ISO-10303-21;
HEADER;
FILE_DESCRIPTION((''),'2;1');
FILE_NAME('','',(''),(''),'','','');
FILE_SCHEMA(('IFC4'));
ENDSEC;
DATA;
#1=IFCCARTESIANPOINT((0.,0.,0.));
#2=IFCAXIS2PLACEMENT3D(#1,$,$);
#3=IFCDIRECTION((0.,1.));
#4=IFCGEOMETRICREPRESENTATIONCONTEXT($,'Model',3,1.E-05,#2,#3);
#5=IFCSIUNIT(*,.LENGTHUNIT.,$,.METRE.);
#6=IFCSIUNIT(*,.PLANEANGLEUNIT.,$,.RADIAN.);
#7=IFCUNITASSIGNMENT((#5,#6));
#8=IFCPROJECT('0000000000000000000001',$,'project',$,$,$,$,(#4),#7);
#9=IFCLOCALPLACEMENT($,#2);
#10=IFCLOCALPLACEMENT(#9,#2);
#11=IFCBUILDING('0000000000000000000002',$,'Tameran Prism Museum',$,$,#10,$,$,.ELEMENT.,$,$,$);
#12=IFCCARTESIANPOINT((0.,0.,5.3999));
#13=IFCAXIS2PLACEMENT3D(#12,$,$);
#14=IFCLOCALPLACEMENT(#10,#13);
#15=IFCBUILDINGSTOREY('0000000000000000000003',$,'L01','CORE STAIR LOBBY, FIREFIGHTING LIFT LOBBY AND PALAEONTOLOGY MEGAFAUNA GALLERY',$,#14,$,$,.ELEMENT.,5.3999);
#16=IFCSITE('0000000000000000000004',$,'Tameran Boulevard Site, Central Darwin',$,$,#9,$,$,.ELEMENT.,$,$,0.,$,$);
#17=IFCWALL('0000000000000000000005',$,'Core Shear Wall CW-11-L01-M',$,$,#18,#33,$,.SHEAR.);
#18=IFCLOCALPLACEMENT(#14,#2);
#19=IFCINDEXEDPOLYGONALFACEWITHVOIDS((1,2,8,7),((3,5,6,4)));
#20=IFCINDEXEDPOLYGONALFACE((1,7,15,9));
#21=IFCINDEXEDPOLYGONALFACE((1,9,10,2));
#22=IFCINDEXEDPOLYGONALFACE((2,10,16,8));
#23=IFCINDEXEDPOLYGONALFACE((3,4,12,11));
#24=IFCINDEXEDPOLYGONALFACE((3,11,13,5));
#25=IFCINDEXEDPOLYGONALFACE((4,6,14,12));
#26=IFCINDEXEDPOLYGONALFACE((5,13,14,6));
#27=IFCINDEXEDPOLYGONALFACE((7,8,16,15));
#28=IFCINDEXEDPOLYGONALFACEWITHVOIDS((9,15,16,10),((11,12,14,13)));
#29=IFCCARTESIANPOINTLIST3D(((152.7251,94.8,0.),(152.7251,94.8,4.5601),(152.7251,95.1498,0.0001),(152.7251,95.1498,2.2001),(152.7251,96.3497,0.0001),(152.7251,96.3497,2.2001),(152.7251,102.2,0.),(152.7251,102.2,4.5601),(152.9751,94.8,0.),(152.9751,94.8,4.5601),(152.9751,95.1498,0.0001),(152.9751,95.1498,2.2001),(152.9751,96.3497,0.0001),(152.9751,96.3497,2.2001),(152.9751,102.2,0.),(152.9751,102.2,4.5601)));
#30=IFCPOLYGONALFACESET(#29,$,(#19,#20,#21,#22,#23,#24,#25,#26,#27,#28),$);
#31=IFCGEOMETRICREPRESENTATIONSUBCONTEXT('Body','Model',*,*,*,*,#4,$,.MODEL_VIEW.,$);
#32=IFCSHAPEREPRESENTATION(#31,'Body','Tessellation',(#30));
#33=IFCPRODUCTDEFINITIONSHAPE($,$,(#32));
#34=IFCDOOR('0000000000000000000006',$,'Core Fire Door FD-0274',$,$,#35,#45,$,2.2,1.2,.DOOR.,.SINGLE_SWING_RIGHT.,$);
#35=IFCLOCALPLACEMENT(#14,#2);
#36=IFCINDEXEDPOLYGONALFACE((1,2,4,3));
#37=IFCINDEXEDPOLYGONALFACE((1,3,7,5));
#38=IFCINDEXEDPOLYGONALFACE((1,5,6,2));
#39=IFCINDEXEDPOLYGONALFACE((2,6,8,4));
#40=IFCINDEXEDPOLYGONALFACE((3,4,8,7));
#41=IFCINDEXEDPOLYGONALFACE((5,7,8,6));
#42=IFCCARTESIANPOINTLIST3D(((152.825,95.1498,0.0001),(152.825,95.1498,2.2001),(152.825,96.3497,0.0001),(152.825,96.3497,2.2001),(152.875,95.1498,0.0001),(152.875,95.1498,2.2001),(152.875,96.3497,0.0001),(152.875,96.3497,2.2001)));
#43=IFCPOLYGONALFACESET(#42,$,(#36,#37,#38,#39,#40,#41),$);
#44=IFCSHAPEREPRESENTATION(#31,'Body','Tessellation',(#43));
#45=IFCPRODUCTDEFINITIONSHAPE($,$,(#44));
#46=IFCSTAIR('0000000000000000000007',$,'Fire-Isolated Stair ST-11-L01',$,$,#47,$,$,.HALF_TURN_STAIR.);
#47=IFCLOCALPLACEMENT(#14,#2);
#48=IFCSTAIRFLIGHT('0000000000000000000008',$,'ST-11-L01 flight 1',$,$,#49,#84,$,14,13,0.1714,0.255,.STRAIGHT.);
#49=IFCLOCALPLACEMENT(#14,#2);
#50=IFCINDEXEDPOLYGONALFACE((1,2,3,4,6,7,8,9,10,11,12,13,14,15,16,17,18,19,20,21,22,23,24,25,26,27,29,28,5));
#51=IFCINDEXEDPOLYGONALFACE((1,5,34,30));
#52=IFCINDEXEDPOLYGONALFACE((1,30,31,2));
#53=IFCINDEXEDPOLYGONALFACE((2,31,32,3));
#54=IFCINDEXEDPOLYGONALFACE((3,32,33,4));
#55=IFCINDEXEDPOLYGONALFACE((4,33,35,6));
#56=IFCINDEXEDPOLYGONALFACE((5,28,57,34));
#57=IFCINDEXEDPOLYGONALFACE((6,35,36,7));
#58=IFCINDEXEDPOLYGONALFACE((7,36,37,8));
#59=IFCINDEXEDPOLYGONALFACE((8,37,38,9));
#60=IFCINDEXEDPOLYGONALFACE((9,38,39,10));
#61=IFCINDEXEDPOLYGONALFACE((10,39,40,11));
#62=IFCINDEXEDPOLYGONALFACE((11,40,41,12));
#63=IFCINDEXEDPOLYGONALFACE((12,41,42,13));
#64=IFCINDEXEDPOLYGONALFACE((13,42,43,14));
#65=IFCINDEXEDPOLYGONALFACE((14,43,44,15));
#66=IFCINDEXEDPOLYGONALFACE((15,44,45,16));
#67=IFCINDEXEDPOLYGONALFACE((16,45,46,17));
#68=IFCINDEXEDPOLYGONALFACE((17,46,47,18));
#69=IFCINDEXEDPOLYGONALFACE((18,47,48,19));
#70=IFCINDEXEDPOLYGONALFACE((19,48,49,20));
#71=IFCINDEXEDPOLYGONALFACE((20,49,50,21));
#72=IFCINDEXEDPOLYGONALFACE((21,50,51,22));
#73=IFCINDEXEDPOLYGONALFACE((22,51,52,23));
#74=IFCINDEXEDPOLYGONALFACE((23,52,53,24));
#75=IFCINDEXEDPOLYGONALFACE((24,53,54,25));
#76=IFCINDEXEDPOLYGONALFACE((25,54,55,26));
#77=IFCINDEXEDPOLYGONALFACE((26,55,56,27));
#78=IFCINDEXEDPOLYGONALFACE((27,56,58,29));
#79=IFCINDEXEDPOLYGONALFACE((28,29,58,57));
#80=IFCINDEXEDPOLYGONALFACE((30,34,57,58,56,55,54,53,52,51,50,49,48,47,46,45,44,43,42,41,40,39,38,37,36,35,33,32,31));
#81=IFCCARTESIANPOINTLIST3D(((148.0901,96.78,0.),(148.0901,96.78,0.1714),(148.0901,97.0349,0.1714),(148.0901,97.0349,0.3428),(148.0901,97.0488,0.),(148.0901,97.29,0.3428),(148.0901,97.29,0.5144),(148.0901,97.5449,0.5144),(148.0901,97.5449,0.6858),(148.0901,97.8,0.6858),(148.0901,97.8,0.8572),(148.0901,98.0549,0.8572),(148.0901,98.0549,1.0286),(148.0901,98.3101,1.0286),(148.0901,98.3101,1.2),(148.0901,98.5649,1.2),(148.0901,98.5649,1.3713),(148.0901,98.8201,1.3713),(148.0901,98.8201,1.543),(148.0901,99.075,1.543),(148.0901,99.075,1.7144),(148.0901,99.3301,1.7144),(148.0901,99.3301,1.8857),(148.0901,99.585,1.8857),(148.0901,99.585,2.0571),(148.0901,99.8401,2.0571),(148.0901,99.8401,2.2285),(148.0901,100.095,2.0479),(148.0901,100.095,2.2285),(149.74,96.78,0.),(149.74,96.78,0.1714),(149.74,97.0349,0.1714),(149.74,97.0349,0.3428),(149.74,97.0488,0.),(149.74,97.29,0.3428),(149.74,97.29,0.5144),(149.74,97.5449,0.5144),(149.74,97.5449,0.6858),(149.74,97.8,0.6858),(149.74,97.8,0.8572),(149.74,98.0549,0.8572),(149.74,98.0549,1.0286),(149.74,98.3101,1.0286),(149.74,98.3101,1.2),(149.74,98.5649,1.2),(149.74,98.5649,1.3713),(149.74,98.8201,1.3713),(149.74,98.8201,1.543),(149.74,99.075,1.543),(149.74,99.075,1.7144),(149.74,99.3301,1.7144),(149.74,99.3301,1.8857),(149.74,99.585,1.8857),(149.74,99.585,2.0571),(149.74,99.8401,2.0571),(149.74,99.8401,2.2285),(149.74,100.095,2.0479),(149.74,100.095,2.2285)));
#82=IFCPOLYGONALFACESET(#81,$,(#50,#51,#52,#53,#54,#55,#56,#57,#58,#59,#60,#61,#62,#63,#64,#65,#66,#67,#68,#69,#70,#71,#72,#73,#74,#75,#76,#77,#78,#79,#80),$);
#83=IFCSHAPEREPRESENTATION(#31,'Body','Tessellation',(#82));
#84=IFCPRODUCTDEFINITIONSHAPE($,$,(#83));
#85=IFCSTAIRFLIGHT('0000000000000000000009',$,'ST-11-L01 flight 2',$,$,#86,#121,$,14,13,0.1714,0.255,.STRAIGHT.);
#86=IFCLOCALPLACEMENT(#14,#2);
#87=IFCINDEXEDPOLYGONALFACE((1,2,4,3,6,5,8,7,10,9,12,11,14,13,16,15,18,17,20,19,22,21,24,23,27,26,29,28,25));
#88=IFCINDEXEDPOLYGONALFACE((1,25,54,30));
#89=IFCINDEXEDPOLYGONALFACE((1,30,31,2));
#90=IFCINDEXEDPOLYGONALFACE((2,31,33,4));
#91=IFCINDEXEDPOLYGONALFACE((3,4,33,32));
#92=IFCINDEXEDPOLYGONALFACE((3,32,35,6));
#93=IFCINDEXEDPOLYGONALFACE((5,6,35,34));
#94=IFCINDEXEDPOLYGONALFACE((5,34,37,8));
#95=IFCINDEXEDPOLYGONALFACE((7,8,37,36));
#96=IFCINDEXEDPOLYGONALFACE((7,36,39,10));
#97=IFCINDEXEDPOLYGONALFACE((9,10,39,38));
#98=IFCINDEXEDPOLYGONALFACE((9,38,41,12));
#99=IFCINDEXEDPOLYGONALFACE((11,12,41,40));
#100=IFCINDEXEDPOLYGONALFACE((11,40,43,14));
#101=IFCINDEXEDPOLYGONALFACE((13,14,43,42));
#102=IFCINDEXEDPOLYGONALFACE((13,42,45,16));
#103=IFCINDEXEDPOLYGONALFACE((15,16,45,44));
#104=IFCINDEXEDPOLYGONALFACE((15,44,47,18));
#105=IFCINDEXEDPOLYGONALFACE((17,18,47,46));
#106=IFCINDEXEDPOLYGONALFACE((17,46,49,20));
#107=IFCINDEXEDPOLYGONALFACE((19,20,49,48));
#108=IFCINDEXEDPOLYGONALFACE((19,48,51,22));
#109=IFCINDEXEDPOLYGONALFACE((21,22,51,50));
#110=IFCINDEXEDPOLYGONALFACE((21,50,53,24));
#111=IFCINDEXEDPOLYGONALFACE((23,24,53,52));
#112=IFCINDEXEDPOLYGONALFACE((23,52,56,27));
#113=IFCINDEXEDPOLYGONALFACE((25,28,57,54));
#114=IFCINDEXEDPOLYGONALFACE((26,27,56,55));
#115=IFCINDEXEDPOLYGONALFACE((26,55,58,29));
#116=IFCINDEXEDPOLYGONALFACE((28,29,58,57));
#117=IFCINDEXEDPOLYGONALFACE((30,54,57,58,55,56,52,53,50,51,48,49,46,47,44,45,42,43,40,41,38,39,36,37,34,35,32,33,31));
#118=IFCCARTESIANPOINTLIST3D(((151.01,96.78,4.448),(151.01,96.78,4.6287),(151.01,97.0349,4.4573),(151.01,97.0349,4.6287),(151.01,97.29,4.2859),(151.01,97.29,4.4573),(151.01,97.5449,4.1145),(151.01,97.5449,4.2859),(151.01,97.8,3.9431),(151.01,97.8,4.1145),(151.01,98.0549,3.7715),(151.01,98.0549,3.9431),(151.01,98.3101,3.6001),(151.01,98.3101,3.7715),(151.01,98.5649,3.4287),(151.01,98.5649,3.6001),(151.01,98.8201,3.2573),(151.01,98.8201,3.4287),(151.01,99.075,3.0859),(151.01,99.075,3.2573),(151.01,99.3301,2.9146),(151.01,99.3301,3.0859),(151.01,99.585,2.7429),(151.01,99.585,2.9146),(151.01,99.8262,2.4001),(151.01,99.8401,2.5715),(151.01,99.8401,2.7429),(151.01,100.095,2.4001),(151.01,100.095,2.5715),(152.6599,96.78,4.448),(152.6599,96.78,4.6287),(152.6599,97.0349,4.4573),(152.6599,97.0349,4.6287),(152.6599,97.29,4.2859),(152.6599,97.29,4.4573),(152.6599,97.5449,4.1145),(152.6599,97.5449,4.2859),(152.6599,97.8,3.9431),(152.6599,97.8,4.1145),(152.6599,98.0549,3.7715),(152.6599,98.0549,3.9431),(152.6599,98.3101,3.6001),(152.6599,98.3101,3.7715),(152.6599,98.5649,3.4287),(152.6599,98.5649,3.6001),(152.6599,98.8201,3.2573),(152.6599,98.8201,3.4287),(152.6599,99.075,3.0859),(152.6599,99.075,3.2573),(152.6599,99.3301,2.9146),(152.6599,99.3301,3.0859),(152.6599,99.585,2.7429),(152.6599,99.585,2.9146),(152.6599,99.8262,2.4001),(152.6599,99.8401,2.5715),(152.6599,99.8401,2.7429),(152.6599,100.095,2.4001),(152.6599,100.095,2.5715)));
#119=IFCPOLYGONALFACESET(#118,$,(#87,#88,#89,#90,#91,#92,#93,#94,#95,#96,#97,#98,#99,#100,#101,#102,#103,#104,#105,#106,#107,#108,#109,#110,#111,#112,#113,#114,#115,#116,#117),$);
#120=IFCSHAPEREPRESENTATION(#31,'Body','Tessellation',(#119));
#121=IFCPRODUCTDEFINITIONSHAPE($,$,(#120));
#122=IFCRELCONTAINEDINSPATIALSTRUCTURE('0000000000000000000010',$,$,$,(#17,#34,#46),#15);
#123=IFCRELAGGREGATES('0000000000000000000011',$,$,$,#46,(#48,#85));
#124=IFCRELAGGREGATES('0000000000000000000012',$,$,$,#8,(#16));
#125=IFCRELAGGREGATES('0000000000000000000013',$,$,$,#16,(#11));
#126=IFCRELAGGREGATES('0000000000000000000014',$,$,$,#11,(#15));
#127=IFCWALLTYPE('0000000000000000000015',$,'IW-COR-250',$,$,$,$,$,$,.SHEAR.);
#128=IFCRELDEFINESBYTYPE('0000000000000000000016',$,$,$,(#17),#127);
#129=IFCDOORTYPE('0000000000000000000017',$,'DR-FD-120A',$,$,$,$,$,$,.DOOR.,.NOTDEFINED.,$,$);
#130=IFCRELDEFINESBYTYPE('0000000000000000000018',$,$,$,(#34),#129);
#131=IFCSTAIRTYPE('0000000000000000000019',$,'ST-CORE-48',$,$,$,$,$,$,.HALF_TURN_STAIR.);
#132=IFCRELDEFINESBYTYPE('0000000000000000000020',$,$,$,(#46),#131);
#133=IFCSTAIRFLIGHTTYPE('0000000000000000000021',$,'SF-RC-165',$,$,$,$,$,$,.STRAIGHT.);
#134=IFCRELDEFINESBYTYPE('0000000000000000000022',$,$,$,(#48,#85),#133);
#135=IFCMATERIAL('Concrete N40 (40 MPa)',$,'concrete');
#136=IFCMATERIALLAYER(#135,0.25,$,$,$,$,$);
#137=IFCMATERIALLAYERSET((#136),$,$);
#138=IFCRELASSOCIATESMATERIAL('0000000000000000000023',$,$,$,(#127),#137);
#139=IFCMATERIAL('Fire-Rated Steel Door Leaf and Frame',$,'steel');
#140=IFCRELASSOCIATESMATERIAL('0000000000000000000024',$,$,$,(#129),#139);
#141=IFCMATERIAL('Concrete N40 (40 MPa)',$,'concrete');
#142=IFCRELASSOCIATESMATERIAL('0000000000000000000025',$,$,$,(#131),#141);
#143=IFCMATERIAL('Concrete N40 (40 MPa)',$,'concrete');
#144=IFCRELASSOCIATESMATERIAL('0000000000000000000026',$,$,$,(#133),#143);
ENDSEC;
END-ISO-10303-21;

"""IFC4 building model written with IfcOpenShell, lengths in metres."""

from ifc_helpers import new_model, si_unit, direction, frame, frame_2d, origin, place, context, subcontext, project, spatial, polyline, rectangle, outline, extrude, material, layer, layer_set, type_object, element, fill, aggregate, save


model = new_model("IFC4")

# Units and contexts
model_context = context("Model", 3, precision=1e-05, world=origin(), true_north=direction((0.0, 1.0)))
body_context = subcontext(model_context, "Body", "Model", "MODEL_VIEW")
ifc_project = project(units=[si_unit("LENGTHUNIT", "METRE"), si_unit("PLANEANGLEUNIT", "RADIAN")], contexts=[model_context])

# Site, building, storey
site_placement = place(None, origin())
site = spatial("IfcSite", under=ifc_project, at=site_placement, Name="Tameran Boulevard Site, Central Darwin", CompositionType="ELEMENT", RefElevation=0.0)
building_placement = place(site_placement, origin())
building = spatial("IfcBuilding", under=site, at=building_placement, Name="Tameran Prism Museum", CompositionType="ELEMENT")
storey_placement = place(building_placement, frame((0.0, 0.0, 5.3999)))
storey = spatial("IfcBuildingStorey", under=building, at=storey_placement, Name="L01", Description="CORE STAIR LOBBY, FIREFIGHTING LIFT LOBBY AND PALAEONTOLOGY MEGAFAUNA GALLERY", CompositionType="ELEMENT", Elevation=5.3999)

# Shared definitions
ifc_material_1 = material(Name="Concrete N40 (40 MPa)", Category="concrete")
ifc_layer_1 = layer(ifc_material_1, 0.25)
ifc_layer_set_1 = layer_set([ifc_layer_1])
wall_type_1 = type_object("IfcWallType", Name="IW-COR-250", PredefinedType="SHEAR", material=ifc_layer_set_1)

# Wall, opening, door
ifc_material_2 = material(Name="Fire-Rated Steel Door Leaf and Frame", Category="steel")
door_type = type_object("IfcDoorType", Name="DR-FD-120A", OperationType="NOTDEFINED", PredefinedType="DOOR", material=ifc_material_2)
wall_1_placement = place(storey_placement, frame((152.8501, 102.2, 0.0), z_axis=(0.0, 0.0, 1.0), x_axis=(0.0, -1.0, 0.0)))
wall_1 = element("IfcWall", 1, at=wall_1_placement, inside=storey, type_object=wall_type_1, Name="Core Shear Wall CW-11-L01-M", PredefinedType="SHEAR", context=body_context, shape_type="SweptSolid", body=[
    extrude(rectangle(XDim=7.3999, YDim=0.25, at=frame_2d((3.7, 0.0))), origin(), (0.0, 0.0, 1.0), 4.5601),
])
opening_1_placement = place(wall_1_placement, frame((5.8501, 0.0, 0.0)))
opening_1 = element("IfcOpeningElement", 2, at=opening_1_placement, cuts=wall_1, PredefinedType="OPENING", context=body_context, shape_type="SweptSolid", body=[
    extrude(rectangle(XDim=1.2, YDim=2.2, at=frame_2d((0.6001, 1.1001))), frame((0.0, 0.135, 0.0), z_axis=(0.0, -1.0, 0.0), x_axis=(1.0, 0.0, 0.0)), (0.0, 0.0, 1.0), 0.27),
])
door_1_placement = place(opening_1_placement, origin())
door_1 = element("IfcDoor", 3, at=door_1_placement, inside=storey, type_object=door_type, Name="Core Fire Door FD-0274", OperationType="SINGLE_SWING_RIGHT", OverallHeight=2.2, OverallWidth=1.2, PredefinedType="DOOR", context=body_context, shape_type="SweptSolid", body=[
    extrude(rectangle(XDim=1.2, YDim=2.2, at=frame_2d((0.6001, 1.1001))), frame((0.0, 0.0249, 0.0), z_axis=(0.0, -1.0, 0.0), x_axis=(1.0, 0.0, 0.0)), (0.0, 0.0, 1.0), 0.05),
])
fill(opening_1, door_1)

# Stair, stair flights
ifc_material_3 = material(Name="Concrete N40 (40 MPa)", Category="concrete")
stair_type = type_object("IfcStairType", Name="ST-CORE-48", PredefinedType="HALF_TURN_STAIR", material=ifc_material_3)
stair_placement = place(storey_placement, origin())
stair = element("IfcStair", 4, at=stair_placement, inside=storey, type_object=stair_type, Name="Fire-Isolated Stair ST-11-L01", PredefinedType="HALF_TURN_STAIR")
ifc_material_4 = material(Name="Concrete N40 (40 MPa)", Category="concrete")
stair_flight_type = type_object("IfcStairFlightType", Name="SF-RC-165", PredefinedType="STRAIGHT", material=ifc_material_4)
stair_flight_1_placement = place(storey_placement, frame((148.915, 96.78, 0.0), z_axis=(0.0, 0.0, 1.0), x_axis=(0.0, 1.0, 0.0)))
stair_flight_1 = element("IfcStairFlight", 5, at=stair_flight_1_placement, type_object=stair_flight_type, Name="ST-11-L01 flight 1", NumberOfRisers=14, NumberOfTreads=13, PredefinedType="STRAIGHT", RiserHeight=0.1714, TreadLength=0.255, context=body_context, shape_type="SweptSolid", body=[
    extrude(outline(polyline([(0.0, 0.0), (0.0, 0.1714), (0.2549, 0.1714), (0.2549, 0.3428), (0.51, 0.3428), (0.51, 0.5144), (0.7649, 0.5144), (0.7649, 0.6858), (1.02, 0.6858), (1.02, 0.8572), (1.2749, 0.8572), (1.2749, 1.0286), (1.53, 1.0286), (1.53, 1.2), (1.7849, 1.2), (1.7849, 1.3713), (2.04, 1.3713), (2.04, 1.543), (2.2949, 1.543), (2.2949, 1.7144), (2.55, 1.7144), (2.55, 1.8857), (2.8049, 1.8857), (2.8049, 2.0571), (3.0601, 2.0571), (3.0601, 2.2285), (3.3149, 2.2285), (3.3149, 2.3999), (3.3149, 2.0479), (0.2688, 0.0), (0.0, 0.0)])), frame((0.0, 0.825, 0.0), z_axis=(0.0, -1.0, 0.0), x_axis=(1.0, 0.0, 0.0)), (0.0, 0.0, 1.0), 1.6499),
])
stair_flight_2_placement = place(storey_placement, frame((151.835, 100.095, 2.4001), z_axis=(0.0, 0.0, 1.0), x_axis=(0.0, -1.0, 0.0)))
stair_flight_2 = element("IfcStairFlight", 6, at=stair_flight_2_placement, type_object=stair_flight_type, Name="ST-11-L01 flight 2", NumberOfRisers=14, NumberOfTreads=13, PredefinedType="STRAIGHT", RiserHeight=0.1714, TreadLength=0.255, context=body_context, shape_type="SweptSolid", body=[
    extrude(outline(polyline([(0.0, 0.0), (0.0, 0.1714), (0.2549, 0.1714), (0.2549, 0.3428), (0.51, 0.3428), (0.51, 0.5144), (0.7649, 0.5144), (0.7649, 0.6858), (1.02, 0.6858), (1.02, 0.8572), (1.2749, 0.8572), (1.2749, 1.0286), (1.53, 1.0286), (1.53, 1.2), (1.7849, 1.2), (1.7849, 1.3713), (2.04, 1.3713), (2.04, 1.543), (2.2949, 1.543), (2.2949, 1.7144), (2.55, 1.7144), (2.55, 1.8857), (2.8049, 1.8857), (2.8049, 2.0571), (3.0601, 2.0571), (3.0601, 2.2285), (3.3149, 2.2285), (3.3149, 2.3999), (3.3149, 2.0479), (0.2688, 0.0), (0.0, 0.0)])), frame((0.0, 0.825, 0.0), z_axis=(0.0, -1.0, 0.0), x_axis=(1.0, 0.0, 0.0)), (0.0, 0.0, 1.0), 1.6499),
])
aggregate(stair, [stair_flight_1, stair_flight_2])

save(model, "model.ifc")
